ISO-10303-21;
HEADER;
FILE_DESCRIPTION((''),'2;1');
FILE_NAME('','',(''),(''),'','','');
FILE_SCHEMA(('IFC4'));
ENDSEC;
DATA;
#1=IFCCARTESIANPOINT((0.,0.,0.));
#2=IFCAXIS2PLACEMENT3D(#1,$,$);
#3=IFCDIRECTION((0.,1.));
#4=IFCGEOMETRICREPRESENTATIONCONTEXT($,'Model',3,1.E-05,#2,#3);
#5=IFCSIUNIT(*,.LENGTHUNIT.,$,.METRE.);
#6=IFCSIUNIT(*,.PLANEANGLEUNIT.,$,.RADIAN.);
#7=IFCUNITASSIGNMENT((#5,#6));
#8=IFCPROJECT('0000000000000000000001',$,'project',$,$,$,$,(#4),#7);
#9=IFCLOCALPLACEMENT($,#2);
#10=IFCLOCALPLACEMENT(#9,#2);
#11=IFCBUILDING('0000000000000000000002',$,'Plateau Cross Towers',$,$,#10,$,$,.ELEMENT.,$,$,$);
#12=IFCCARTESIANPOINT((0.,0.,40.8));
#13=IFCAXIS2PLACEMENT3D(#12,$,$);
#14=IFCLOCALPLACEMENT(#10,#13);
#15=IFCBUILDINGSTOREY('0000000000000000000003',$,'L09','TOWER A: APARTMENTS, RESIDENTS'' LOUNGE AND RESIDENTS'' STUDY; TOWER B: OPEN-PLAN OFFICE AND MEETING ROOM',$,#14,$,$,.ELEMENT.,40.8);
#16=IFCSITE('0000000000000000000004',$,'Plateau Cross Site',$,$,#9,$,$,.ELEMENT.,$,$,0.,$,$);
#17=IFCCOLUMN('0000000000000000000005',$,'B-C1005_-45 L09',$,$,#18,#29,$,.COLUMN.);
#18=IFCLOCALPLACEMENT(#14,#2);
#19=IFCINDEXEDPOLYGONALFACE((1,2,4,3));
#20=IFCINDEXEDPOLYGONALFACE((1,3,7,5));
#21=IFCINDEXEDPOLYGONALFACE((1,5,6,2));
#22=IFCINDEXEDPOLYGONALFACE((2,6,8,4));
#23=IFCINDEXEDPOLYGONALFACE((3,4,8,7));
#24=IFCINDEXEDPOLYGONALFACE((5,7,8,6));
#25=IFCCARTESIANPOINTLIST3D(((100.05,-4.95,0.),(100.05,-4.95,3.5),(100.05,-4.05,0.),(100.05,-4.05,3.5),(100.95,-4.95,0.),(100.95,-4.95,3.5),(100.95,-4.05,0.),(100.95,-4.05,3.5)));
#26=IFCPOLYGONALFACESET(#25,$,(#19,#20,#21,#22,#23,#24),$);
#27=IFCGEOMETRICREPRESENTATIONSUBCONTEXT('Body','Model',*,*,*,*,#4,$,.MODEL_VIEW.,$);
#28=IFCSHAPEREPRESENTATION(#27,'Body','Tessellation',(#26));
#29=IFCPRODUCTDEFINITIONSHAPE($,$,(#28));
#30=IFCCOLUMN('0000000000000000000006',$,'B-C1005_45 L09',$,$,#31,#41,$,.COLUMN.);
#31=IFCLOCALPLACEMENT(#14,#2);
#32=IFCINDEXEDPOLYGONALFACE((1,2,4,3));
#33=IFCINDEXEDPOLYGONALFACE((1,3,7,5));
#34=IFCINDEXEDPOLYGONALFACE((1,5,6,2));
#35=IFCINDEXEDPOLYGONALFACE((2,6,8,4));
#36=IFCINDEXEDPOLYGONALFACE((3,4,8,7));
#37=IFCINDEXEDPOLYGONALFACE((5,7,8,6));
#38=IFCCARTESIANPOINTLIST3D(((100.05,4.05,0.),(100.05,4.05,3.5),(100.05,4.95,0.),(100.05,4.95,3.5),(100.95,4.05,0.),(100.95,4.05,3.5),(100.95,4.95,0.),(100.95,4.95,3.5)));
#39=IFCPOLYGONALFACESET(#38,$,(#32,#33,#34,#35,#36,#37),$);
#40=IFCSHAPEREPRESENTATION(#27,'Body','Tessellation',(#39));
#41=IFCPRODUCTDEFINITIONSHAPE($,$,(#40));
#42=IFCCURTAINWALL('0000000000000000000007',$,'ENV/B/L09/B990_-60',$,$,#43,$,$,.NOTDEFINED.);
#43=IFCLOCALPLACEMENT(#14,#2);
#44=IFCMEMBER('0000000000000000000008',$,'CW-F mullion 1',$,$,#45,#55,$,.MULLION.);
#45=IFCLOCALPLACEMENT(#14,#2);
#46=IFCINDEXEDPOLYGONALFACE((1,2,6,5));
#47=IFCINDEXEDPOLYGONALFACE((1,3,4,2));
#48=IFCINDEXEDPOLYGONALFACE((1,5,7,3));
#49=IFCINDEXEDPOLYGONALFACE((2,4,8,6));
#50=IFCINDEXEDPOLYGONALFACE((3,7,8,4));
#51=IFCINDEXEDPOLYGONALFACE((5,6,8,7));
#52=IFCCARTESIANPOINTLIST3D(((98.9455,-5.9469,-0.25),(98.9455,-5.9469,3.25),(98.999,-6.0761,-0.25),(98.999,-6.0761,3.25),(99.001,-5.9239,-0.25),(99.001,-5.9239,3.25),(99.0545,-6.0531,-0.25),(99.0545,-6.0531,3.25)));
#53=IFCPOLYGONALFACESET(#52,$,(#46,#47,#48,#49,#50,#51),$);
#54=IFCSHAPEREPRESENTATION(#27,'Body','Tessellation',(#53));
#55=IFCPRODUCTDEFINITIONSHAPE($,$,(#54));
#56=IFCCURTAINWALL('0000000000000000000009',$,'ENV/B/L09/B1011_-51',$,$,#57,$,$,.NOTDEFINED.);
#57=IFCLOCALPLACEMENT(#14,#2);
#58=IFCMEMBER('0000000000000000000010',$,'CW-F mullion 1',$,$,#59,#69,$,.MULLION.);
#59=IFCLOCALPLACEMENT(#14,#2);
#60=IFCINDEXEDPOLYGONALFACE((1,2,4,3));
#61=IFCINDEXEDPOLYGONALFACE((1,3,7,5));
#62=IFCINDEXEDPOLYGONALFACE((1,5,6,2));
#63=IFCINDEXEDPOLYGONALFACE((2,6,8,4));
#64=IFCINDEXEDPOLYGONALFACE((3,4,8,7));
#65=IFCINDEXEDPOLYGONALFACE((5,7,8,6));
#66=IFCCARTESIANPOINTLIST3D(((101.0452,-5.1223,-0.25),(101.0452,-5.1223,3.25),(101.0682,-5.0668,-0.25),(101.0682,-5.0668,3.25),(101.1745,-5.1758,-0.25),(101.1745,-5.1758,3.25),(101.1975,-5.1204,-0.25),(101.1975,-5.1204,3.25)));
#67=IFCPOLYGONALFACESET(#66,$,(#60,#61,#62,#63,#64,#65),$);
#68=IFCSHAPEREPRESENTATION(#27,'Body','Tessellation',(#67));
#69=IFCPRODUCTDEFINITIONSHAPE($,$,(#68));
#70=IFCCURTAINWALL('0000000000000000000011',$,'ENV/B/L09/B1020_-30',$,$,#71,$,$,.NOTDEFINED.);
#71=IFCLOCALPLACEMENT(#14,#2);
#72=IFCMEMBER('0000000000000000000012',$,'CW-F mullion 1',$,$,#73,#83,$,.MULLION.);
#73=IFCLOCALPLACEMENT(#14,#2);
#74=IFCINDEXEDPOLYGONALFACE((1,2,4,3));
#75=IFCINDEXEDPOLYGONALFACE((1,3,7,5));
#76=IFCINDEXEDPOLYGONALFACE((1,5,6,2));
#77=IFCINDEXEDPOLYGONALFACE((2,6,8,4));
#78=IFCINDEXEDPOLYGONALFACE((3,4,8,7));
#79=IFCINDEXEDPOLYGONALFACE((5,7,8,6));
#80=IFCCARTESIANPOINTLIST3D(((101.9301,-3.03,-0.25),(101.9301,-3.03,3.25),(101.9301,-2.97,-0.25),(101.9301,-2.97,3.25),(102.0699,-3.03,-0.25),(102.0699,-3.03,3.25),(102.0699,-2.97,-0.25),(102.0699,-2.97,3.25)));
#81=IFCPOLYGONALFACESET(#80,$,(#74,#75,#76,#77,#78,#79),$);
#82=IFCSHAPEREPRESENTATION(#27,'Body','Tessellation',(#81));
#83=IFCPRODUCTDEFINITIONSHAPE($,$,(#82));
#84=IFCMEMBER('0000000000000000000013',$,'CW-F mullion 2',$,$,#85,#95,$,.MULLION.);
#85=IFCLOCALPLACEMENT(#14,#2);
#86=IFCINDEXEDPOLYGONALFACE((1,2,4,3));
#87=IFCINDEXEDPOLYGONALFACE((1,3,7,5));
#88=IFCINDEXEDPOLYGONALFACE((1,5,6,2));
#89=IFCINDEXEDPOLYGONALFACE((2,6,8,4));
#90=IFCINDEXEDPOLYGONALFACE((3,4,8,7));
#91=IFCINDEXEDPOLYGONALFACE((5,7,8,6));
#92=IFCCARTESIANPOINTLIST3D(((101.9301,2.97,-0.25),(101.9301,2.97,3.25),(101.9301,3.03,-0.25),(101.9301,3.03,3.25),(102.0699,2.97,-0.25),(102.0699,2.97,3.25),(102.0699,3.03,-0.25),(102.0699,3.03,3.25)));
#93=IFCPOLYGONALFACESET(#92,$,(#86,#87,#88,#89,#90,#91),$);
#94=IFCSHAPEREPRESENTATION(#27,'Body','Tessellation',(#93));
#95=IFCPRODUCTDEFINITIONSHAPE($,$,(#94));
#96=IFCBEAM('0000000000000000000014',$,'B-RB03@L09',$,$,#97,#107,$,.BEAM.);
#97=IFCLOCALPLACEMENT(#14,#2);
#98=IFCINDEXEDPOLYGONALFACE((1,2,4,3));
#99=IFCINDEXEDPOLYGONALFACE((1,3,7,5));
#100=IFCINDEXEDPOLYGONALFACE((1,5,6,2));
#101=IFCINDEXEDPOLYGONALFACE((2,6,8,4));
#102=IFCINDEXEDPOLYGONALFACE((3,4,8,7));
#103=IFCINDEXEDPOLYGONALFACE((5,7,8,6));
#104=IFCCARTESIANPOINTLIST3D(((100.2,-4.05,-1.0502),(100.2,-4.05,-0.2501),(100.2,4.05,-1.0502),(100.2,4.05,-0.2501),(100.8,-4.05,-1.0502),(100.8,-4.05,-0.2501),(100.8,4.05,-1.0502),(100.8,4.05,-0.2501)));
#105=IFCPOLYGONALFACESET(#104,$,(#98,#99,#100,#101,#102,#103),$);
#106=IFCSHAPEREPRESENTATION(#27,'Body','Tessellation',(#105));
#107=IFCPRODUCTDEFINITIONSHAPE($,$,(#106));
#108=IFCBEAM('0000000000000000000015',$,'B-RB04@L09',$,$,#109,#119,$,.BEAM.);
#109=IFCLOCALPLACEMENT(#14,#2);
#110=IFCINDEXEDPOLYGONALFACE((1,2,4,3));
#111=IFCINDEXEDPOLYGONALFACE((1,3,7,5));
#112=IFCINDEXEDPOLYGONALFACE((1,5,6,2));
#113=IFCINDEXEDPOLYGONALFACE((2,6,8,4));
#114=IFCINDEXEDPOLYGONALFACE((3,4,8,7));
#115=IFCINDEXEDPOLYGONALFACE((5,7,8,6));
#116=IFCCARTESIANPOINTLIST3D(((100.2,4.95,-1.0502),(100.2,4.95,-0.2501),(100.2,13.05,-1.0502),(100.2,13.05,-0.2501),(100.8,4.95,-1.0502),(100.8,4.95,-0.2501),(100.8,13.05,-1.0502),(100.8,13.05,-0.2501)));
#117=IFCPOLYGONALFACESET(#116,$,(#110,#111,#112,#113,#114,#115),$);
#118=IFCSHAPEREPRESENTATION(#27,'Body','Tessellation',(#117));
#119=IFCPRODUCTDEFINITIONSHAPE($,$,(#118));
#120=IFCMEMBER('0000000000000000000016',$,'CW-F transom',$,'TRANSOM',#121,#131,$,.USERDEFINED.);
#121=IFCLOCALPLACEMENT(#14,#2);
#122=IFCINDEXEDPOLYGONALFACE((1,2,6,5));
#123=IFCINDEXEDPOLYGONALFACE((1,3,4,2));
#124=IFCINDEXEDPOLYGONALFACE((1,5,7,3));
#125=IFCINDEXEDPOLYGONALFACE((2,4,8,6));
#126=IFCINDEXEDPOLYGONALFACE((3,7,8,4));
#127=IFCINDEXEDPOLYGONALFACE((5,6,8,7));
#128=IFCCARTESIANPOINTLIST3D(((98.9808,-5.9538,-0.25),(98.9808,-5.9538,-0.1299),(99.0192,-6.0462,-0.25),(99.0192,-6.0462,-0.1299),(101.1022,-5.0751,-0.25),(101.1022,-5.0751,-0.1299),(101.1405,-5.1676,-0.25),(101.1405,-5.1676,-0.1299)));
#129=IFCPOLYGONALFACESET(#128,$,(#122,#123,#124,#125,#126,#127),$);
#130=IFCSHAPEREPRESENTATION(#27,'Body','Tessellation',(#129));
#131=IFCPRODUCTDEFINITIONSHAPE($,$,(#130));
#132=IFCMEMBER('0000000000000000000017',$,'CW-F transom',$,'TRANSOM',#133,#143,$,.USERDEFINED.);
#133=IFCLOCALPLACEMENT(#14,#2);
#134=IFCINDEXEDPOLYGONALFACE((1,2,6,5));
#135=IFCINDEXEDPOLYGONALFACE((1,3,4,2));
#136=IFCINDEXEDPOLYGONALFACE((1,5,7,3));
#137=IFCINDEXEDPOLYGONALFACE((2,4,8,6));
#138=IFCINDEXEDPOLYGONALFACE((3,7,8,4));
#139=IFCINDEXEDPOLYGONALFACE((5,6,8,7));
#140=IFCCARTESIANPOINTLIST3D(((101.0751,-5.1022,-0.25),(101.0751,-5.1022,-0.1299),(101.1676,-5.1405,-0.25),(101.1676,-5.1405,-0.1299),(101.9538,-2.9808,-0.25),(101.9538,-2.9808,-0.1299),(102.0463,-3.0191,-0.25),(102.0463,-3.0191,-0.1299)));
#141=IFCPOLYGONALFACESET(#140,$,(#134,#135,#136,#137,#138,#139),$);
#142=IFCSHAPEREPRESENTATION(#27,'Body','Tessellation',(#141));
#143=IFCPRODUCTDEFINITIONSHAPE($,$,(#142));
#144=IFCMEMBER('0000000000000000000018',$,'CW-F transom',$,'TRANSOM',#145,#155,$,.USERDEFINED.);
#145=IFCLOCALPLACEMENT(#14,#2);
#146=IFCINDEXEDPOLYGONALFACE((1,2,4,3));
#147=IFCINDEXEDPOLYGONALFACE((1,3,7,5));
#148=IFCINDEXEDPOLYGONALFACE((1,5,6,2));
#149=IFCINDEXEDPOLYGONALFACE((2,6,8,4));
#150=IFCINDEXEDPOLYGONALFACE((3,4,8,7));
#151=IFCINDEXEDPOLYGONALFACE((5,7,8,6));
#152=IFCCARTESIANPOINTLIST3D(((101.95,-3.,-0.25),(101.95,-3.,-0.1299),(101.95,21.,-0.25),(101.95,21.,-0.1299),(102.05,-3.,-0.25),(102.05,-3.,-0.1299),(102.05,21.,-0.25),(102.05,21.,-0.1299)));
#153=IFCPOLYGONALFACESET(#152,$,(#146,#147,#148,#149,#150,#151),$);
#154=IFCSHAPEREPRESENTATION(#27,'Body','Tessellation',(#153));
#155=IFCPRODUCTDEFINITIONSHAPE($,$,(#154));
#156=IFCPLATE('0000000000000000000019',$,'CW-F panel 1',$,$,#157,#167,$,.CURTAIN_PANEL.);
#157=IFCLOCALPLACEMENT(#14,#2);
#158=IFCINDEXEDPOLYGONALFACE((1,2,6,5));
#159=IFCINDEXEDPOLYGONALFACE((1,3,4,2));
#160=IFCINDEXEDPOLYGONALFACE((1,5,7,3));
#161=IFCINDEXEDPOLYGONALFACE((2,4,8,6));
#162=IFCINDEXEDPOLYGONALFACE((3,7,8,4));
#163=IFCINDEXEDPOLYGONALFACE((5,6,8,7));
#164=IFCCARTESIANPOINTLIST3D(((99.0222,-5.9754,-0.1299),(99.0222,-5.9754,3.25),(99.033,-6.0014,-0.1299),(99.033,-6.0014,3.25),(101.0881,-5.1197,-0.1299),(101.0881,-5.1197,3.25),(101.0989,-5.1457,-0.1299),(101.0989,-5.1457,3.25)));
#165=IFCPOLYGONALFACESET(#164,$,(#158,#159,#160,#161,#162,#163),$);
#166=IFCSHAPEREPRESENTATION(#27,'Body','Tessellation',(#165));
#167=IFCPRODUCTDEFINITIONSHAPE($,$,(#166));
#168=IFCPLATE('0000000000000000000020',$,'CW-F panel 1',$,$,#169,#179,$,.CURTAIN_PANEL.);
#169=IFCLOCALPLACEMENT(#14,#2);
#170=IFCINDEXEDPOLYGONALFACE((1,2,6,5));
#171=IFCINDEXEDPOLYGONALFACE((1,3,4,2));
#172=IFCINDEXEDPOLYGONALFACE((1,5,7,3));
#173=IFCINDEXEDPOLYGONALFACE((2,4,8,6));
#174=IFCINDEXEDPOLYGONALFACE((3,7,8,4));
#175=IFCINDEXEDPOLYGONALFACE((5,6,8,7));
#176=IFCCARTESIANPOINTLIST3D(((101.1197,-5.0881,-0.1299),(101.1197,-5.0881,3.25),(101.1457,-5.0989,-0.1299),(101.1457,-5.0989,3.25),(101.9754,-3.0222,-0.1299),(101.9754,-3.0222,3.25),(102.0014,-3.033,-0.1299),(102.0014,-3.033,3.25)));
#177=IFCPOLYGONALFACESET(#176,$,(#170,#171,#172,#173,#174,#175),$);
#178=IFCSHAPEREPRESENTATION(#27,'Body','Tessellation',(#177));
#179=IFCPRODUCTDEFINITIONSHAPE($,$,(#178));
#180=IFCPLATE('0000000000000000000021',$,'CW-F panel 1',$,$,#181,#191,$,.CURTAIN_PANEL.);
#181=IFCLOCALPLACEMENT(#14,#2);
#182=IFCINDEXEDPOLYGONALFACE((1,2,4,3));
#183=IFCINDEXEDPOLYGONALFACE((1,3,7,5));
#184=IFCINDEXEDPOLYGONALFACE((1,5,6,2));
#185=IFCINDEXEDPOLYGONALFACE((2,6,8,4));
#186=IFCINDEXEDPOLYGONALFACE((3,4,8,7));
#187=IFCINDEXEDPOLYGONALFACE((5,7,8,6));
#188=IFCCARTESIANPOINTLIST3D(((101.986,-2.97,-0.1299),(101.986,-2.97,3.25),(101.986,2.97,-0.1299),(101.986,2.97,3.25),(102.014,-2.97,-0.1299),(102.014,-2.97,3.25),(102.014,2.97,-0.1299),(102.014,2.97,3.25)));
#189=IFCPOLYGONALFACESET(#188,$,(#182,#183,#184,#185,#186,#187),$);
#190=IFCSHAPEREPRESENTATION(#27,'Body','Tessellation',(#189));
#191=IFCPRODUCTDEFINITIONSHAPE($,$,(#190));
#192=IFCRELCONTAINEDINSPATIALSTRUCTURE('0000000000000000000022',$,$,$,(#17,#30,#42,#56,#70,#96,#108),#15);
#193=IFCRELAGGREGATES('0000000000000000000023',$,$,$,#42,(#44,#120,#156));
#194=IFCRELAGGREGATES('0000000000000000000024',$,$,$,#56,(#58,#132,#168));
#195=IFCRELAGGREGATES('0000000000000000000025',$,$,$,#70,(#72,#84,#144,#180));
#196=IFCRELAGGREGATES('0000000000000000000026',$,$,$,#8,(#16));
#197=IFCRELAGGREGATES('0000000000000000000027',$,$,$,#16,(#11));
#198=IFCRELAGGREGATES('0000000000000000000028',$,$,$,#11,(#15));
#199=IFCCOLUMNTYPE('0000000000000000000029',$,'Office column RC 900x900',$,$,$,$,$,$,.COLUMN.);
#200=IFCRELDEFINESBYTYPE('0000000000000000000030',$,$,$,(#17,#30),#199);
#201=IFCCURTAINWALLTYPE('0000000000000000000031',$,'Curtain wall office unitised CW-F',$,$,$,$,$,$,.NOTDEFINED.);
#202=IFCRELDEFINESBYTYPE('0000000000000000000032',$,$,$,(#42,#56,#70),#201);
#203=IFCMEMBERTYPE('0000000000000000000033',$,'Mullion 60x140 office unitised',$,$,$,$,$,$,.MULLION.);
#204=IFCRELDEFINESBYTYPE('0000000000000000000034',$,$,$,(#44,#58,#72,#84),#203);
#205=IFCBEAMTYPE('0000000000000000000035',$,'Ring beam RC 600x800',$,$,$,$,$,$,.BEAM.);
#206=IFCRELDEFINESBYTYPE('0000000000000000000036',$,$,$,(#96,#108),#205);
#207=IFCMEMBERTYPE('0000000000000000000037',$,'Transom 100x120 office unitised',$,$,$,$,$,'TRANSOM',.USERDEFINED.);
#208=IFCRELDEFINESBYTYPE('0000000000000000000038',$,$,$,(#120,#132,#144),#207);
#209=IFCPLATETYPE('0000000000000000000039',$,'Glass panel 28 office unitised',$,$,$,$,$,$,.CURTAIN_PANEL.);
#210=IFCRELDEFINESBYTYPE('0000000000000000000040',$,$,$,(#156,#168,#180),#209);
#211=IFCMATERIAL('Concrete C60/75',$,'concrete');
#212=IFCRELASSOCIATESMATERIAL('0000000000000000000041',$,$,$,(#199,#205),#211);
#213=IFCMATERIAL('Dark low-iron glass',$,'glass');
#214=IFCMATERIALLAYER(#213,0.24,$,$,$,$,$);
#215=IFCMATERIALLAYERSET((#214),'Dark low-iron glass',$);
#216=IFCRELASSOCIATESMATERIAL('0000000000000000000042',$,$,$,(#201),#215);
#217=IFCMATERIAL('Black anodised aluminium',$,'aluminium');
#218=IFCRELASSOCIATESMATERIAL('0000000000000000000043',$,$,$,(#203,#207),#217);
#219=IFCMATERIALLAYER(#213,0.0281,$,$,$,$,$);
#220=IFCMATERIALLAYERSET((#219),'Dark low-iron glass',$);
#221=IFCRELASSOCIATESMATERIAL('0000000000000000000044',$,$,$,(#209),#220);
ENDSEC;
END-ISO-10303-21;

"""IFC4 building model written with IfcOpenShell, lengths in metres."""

from ifc_helpers import new_model, si_unit, direction, frame, origin, origin_2d, place, context, subcontext, project, spatial, rectangle, extrude, material, layer, layer_set, material_profile, profile_set, type_object, element, aggregate, save


model = new_model("IFC4")

# Units and contexts
model_context = context("Model", 3, precision=1e-05, world=origin(), true_north=direction((0.0, 1.0)))
body_context = subcontext(model_context, "Body", "Model", "MODEL_VIEW")
ifc_project = project(units=[si_unit("LENGTHUNIT", "METRE"), si_unit("PLANEANGLEUNIT", "RADIAN")], contexts=[model_context])

# Site, building, storey
site_placement = place(None, origin())
site = spatial("IfcSite", under=ifc_project, at=site_placement, Name="Plateau Cross Site", CompositionType="ELEMENT", RefElevation=0.0)
building_placement = place(site_placement, origin())
building = spatial("IfcBuilding", under=site, at=building_placement, Name="Plateau Cross Towers", CompositionType="ELEMENT")
storey_placement = place(building_placement, frame((0.0, 0.0, 40.8)))
storey = spatial("IfcBuildingStorey", under=building, at=storey_placement, Name="L09", Description="TOWER A: APARTMENTS, RESIDENTS' LOUNGE AND RESIDENTS' STUDY; TOWER B: OPEN-PLAN OFFICE AND MEETING ROOM", CompositionType="ELEMENT", Elevation=40.8)

# Columns
ifc_material_1 = material(Name="Concrete C60/75", Category="concrete")
ifc_material_profile_1 = material_profile(ifc_material_1, rectangle(XDim=0.8999, YDim=0.8999, at=origin_2d()), Name="RC 900x900")
ifc_profile_set_1 = profile_set([ifc_material_profile_1], Name="Concrete C60/75")
column_type = type_object("IfcColumnType", Name="Office column RC 900x900", PredefinedType="COLUMN", material=ifc_profile_set_1)
for number, where, z_axis, x_axis, name in (
    (1, (100.5, -4.5, 0.0), (0.0, 0.0, 1.0), (1.0, 0.0, 0.0), "B-C1005_-45 L09"),
    (2, (100.5, 4.5, 0.0), (0.0, 0.0, 1.0), (1.0, 0.0, 0.0), "B-C1005_45 L09"),
):
    element("IfcColumn", number, at=place(storey_placement, frame(where, z_axis=z_axis, x_axis=x_axis)), inside=storey, type_object=column_type, Name=name, PredefinedType="COLUMN", context=body_context, shape_type="SweptSolid", body=[
        extrude(rectangle(XDim=0.8999, YDim=0.8999, at=origin_2d()), origin(), (0.0, 0.0, 1.0), 3.5),
    ])

# Curtain walls, members
ifc_material_2 = material(Name="Dark low-iron glass", Category="glass")
ifc_layer_1 = layer(ifc_material_2, 0.24)
ifc_layer_set_1 = layer_set([ifc_layer_1], Name="Dark low-iron glass")
curtain_wall_type = type_object("IfcCurtainWallType", Name="Curtain wall office unitised CW-F", PredefinedType="NOTDEFINED", material=ifc_layer_set_1)
curtain_wall_1_placement = place(storey_placement, origin())
curtain_wall_1 = element("IfcCurtainWall", 3, at=curtain_wall_1_placement, inside=storey, type_object=curtain_wall_type, Name="ENV/B/L09/B990_-60", PredefinedType="NOTDEFINED")
ifc_material_3 = material(Name="Black anodised aluminium", Category="aluminium")
ifc_material_profile_2 = material_profile(ifc_material_3, rectangle(XDim=0.0601, YDim=0.1399, at=origin_2d()), Name="MULLION 60x140")
ifc_profile_set_2 = profile_set([ifc_material_profile_2], Name="Black anodised aluminium")
member_type_1 = type_object("IfcMemberType", Name="Mullion 60x140 office unitised", PredefinedType="MULLION", material=ifc_profile_set_2)
member_1_placement = place(storey_placement, frame((99.0, -6.0, -0.25), z_axis=(0.0, 0.0, 1.0), x_axis=(0.923879, 0.382684, 0.0)))
member_1 = element("IfcMember", 4, at=member_1_placement, type_object=member_type_1, Name="CW-F mullion 1", PredefinedType="MULLION", context=body_context, shape_type="SweptSolid", body=[
    extrude(rectangle(XDim=0.0601, YDim=0.1399, at=origin_2d()), origin(), (0.0, 0.0, 1.0), 3.5),
])
curtain_wall_2_placement = place(storey_placement, origin())
curtain_wall_2 = element("IfcCurtainWall", 5, at=curtain_wall_2_placement, inside=storey, type_object=curtain_wall_type, Name="ENV/B/L09/B1011_-51", PredefinedType="NOTDEFINED")
member_2_placement = place(storey_placement, frame((101.1213, -5.1213, -0.25), z_axis=(0.0, 0.0, 1.0), x_axis=(0.382684, 0.923879, 0.0)))
member_2 = element("IfcMember", 6, at=member_2_placement, type_object=member_type_1, Name="CW-F mullion 1", PredefinedType="MULLION", context=body_context, shape_type="SweptSolid", body=[
    extrude(rectangle(XDim=0.0601, YDim=0.1399, at=origin_2d()), origin(), (0.0, 0.0, 1.0), 3.5),
])

# Curtain wall, members
curtain_wall_3_placement = place(storey_placement, origin())
curtain_wall_3 = element("IfcCurtainWall", 7, at=curtain_wall_3_placement, inside=storey, type_object=curtain_wall_type, Name="ENV/B/L09/B1020_-30", PredefinedType="NOTDEFINED")
member_3_placement = place(storey_placement, frame((102.0, -3.0, -0.25), z_axis=(0.0, 0.0, 1.0), x_axis=(0.0, 1.0, 0.0)))
member_3 = element("IfcMember", 8, at=member_3_placement, type_object=member_type_1, Name="CW-F mullion 1", PredefinedType="MULLION", context=body_context, shape_type="SweptSolid", body=[
    extrude(rectangle(XDim=0.0601, YDim=0.1399, at=origin_2d()), origin(), (0.0, 0.0, 1.0), 3.5),
])
member_4_placement = place(storey_placement, frame((102.0, 3.0, -0.25), z_axis=(0.0, 0.0, 1.0), x_axis=(0.0, 1.0, 0.0)))
member_4 = element("IfcMember", 9, at=member_4_placement, type_object=member_type_1, Name="CW-F mullion 2", PredefinedType="MULLION", context=body_context, shape_type="SweptSolid", body=[
    extrude(rectangle(XDim=0.0601, YDim=0.1399, at=origin_2d()), origin(), (0.0, 0.0, 1.0), 3.5),
])

# Beams
ifc_material_profile_3 = material_profile(ifc_material_1, rectangle(XDim=0.6001, YDim=0.8, at=origin_2d()), Name="RC 600x800")
ifc_profile_set_3 = profile_set([ifc_material_profile_3], Name="Concrete C60/75")
beam_type = type_object("IfcBeamType", Name="Ring beam RC 600x800", PredefinedType="BEAM", material=ifc_profile_set_3)
for number, where, z_axis, x_axis, name in (
    (10, (100.5, -4.05, -0.6501), (0.0, 1.0, 0.0), (-1.0, 0.0, 0.0), "B-RB03@L09"),
    (11, (100.5, 4.95, -0.6501), (0.0, 1.0, 0.0), (-1.0, 0.0, 0.0), "B-RB04@L09"),
):
    element("IfcBeam", number, at=place(storey_placement, frame(where, z_axis=z_axis, x_axis=x_axis)), inside=storey, type_object=beam_type, Name=name, PredefinedType="BEAM", context=body_context, shape_type="SweptSolid", body=[
        extrude(rectangle(XDim=0.6001, YDim=0.8, at=origin_2d()), origin(), (0.0, 0.0, 1.0), 8.1001),
    ])

# Members
ifc_material_profile_4 = material_profile(ifc_material_3, rectangle(XDim=0.1001, YDim=0.1201, at=origin_2d()), Name="TRANSOM 100x120")
ifc_profile_set_4 = profile_set([ifc_material_profile_4], Name="Black anodised aluminium")
member_type_2 = type_object("IfcMemberType", Name="Transom 100x120 office unitised", ElementType="TRANSOM", PredefinedType="USERDEFINED", material=ifc_profile_set_4)
member_5_placement = place(storey_placement, frame((99.0, -6.0, -0.1899), z_axis=(0.923883, 0.382674, 0.0), x_axis=(-0.382674, 0.923883, 0.0)))
member_5 = element("IfcMember", 12, at=member_5_placement, type_object=member_type_2, Name="CW-F transom", ObjectType="TRANSOM", PredefinedType="USERDEFINED", context=body_context, shape_type="SweptSolid", body=[
    extrude(rectangle(XDim=0.1001, YDim=0.1201, at=origin_2d()), origin(), (0.0, 0.0, 1.0), 2.2961),
])
member_6_placement = place(storey_placement, frame((101.1213, -5.1213, -0.1899), z_axis=(0.382674, 0.923883, 0.0), x_axis=(-0.923883, 0.382674, 0.0)))
member_6 = element("IfcMember", 13, at=member_6_placement, type_object=member_type_2, Name="CW-F transom", ObjectType="TRANSOM", PredefinedType="USERDEFINED", context=body_context, shape_type="SweptSolid", body=[
    extrude(rectangle(XDim=0.1001, YDim=0.1201, at=origin_2d()), origin(), (0.0, 0.0, 1.0), 2.2961),
])
member_7_placement = place(storey_placement, frame((102.0, -3.0, -0.1899), z_axis=(0.0, 1.0, 0.0), x_axis=(-1.0, 0.0, 0.0)))
member_7 = element("IfcMember", 14, at=member_7_placement, type_object=member_type_2, Name="CW-F transom", ObjectType="TRANSOM", PredefinedType="USERDEFINED", context=body_context, shape_type="SweptSolid", body=[
    extrude(rectangle(XDim=0.1001, YDim=0.1201, at=origin_2d()), origin(), (0.0, 0.0, 1.0), 24.0),
])

# Plates
ifc_layer_2 = layer(ifc_material_2, 0.0281)
ifc_layer_set_2 = layer_set([ifc_layer_2], Name="Dark low-iron glass")
plate_type = type_object("IfcPlateType", Name="Glass panel 28 office unitised", PredefinedType="CURTAIN_PANEL", material=ifc_layer_set_2)
plate_1_placement = place(storey_placement, frame((100.0605, -5.5605, -0.1299), z_axis=(0.0, 0.0, 1.0), x_axis=(0.923879, 0.382684, 0.0)))
plate_1 = element("IfcPlate", 15, at=plate_1_placement, type_object=plate_type, Name="CW-F panel 1", PredefinedType="CURTAIN_PANEL", context=body_context, shape_type="SweptSolid", body=[
    extrude(rectangle(XDim=2.2361, YDim=0.0281, at=origin_2d()), origin(), (0.0, 0.0, 1.0), 3.3799),
])
aggregate(curtain_wall_1, [member_1, member_5, plate_1])
plate_2_placement = place(storey_placement, frame((101.5605, -4.0605, -0.1299), z_axis=(0.0, 0.0, 1.0), x_axis=(0.382684, 0.923879, 0.0)))
plate_2 = element("IfcPlate", 16, at=plate_2_placement, type_object=plate_type, Name="CW-F panel 1", PredefinedType="CURTAIN_PANEL", context=body_context, shape_type="SweptSolid", body=[
    extrude(rectangle(XDim=2.2361, YDim=0.0281, at=origin_2d()), origin(), (0.0, 0.0, 1.0), 3.3799),
])
aggregate(curtain_wall_2, [member_2, member_6, plate_2])
plate_3_placement = place(storey_placement, frame((102.0, 0.0, -0.1299), z_axis=(0.0, 0.0, 1.0), x_axis=(0.0, 1.0, 0.0)))
plate_3 = element("IfcPlate", 17, at=plate_3_placement, type_object=plate_type, Name="CW-F panel 1", PredefinedType="CURTAIN_PANEL", context=body_context, shape_type="SweptSolid", body=[
    extrude(rectangle(XDim=5.9399, YDim=0.0281, at=origin_2d()), origin(), (0.0, 0.0, 1.0), 3.3799),
])
aggregate(curtain_wall_3, [member_3, member_4, member_7, plate_3])

save(model, "model.ifc")
